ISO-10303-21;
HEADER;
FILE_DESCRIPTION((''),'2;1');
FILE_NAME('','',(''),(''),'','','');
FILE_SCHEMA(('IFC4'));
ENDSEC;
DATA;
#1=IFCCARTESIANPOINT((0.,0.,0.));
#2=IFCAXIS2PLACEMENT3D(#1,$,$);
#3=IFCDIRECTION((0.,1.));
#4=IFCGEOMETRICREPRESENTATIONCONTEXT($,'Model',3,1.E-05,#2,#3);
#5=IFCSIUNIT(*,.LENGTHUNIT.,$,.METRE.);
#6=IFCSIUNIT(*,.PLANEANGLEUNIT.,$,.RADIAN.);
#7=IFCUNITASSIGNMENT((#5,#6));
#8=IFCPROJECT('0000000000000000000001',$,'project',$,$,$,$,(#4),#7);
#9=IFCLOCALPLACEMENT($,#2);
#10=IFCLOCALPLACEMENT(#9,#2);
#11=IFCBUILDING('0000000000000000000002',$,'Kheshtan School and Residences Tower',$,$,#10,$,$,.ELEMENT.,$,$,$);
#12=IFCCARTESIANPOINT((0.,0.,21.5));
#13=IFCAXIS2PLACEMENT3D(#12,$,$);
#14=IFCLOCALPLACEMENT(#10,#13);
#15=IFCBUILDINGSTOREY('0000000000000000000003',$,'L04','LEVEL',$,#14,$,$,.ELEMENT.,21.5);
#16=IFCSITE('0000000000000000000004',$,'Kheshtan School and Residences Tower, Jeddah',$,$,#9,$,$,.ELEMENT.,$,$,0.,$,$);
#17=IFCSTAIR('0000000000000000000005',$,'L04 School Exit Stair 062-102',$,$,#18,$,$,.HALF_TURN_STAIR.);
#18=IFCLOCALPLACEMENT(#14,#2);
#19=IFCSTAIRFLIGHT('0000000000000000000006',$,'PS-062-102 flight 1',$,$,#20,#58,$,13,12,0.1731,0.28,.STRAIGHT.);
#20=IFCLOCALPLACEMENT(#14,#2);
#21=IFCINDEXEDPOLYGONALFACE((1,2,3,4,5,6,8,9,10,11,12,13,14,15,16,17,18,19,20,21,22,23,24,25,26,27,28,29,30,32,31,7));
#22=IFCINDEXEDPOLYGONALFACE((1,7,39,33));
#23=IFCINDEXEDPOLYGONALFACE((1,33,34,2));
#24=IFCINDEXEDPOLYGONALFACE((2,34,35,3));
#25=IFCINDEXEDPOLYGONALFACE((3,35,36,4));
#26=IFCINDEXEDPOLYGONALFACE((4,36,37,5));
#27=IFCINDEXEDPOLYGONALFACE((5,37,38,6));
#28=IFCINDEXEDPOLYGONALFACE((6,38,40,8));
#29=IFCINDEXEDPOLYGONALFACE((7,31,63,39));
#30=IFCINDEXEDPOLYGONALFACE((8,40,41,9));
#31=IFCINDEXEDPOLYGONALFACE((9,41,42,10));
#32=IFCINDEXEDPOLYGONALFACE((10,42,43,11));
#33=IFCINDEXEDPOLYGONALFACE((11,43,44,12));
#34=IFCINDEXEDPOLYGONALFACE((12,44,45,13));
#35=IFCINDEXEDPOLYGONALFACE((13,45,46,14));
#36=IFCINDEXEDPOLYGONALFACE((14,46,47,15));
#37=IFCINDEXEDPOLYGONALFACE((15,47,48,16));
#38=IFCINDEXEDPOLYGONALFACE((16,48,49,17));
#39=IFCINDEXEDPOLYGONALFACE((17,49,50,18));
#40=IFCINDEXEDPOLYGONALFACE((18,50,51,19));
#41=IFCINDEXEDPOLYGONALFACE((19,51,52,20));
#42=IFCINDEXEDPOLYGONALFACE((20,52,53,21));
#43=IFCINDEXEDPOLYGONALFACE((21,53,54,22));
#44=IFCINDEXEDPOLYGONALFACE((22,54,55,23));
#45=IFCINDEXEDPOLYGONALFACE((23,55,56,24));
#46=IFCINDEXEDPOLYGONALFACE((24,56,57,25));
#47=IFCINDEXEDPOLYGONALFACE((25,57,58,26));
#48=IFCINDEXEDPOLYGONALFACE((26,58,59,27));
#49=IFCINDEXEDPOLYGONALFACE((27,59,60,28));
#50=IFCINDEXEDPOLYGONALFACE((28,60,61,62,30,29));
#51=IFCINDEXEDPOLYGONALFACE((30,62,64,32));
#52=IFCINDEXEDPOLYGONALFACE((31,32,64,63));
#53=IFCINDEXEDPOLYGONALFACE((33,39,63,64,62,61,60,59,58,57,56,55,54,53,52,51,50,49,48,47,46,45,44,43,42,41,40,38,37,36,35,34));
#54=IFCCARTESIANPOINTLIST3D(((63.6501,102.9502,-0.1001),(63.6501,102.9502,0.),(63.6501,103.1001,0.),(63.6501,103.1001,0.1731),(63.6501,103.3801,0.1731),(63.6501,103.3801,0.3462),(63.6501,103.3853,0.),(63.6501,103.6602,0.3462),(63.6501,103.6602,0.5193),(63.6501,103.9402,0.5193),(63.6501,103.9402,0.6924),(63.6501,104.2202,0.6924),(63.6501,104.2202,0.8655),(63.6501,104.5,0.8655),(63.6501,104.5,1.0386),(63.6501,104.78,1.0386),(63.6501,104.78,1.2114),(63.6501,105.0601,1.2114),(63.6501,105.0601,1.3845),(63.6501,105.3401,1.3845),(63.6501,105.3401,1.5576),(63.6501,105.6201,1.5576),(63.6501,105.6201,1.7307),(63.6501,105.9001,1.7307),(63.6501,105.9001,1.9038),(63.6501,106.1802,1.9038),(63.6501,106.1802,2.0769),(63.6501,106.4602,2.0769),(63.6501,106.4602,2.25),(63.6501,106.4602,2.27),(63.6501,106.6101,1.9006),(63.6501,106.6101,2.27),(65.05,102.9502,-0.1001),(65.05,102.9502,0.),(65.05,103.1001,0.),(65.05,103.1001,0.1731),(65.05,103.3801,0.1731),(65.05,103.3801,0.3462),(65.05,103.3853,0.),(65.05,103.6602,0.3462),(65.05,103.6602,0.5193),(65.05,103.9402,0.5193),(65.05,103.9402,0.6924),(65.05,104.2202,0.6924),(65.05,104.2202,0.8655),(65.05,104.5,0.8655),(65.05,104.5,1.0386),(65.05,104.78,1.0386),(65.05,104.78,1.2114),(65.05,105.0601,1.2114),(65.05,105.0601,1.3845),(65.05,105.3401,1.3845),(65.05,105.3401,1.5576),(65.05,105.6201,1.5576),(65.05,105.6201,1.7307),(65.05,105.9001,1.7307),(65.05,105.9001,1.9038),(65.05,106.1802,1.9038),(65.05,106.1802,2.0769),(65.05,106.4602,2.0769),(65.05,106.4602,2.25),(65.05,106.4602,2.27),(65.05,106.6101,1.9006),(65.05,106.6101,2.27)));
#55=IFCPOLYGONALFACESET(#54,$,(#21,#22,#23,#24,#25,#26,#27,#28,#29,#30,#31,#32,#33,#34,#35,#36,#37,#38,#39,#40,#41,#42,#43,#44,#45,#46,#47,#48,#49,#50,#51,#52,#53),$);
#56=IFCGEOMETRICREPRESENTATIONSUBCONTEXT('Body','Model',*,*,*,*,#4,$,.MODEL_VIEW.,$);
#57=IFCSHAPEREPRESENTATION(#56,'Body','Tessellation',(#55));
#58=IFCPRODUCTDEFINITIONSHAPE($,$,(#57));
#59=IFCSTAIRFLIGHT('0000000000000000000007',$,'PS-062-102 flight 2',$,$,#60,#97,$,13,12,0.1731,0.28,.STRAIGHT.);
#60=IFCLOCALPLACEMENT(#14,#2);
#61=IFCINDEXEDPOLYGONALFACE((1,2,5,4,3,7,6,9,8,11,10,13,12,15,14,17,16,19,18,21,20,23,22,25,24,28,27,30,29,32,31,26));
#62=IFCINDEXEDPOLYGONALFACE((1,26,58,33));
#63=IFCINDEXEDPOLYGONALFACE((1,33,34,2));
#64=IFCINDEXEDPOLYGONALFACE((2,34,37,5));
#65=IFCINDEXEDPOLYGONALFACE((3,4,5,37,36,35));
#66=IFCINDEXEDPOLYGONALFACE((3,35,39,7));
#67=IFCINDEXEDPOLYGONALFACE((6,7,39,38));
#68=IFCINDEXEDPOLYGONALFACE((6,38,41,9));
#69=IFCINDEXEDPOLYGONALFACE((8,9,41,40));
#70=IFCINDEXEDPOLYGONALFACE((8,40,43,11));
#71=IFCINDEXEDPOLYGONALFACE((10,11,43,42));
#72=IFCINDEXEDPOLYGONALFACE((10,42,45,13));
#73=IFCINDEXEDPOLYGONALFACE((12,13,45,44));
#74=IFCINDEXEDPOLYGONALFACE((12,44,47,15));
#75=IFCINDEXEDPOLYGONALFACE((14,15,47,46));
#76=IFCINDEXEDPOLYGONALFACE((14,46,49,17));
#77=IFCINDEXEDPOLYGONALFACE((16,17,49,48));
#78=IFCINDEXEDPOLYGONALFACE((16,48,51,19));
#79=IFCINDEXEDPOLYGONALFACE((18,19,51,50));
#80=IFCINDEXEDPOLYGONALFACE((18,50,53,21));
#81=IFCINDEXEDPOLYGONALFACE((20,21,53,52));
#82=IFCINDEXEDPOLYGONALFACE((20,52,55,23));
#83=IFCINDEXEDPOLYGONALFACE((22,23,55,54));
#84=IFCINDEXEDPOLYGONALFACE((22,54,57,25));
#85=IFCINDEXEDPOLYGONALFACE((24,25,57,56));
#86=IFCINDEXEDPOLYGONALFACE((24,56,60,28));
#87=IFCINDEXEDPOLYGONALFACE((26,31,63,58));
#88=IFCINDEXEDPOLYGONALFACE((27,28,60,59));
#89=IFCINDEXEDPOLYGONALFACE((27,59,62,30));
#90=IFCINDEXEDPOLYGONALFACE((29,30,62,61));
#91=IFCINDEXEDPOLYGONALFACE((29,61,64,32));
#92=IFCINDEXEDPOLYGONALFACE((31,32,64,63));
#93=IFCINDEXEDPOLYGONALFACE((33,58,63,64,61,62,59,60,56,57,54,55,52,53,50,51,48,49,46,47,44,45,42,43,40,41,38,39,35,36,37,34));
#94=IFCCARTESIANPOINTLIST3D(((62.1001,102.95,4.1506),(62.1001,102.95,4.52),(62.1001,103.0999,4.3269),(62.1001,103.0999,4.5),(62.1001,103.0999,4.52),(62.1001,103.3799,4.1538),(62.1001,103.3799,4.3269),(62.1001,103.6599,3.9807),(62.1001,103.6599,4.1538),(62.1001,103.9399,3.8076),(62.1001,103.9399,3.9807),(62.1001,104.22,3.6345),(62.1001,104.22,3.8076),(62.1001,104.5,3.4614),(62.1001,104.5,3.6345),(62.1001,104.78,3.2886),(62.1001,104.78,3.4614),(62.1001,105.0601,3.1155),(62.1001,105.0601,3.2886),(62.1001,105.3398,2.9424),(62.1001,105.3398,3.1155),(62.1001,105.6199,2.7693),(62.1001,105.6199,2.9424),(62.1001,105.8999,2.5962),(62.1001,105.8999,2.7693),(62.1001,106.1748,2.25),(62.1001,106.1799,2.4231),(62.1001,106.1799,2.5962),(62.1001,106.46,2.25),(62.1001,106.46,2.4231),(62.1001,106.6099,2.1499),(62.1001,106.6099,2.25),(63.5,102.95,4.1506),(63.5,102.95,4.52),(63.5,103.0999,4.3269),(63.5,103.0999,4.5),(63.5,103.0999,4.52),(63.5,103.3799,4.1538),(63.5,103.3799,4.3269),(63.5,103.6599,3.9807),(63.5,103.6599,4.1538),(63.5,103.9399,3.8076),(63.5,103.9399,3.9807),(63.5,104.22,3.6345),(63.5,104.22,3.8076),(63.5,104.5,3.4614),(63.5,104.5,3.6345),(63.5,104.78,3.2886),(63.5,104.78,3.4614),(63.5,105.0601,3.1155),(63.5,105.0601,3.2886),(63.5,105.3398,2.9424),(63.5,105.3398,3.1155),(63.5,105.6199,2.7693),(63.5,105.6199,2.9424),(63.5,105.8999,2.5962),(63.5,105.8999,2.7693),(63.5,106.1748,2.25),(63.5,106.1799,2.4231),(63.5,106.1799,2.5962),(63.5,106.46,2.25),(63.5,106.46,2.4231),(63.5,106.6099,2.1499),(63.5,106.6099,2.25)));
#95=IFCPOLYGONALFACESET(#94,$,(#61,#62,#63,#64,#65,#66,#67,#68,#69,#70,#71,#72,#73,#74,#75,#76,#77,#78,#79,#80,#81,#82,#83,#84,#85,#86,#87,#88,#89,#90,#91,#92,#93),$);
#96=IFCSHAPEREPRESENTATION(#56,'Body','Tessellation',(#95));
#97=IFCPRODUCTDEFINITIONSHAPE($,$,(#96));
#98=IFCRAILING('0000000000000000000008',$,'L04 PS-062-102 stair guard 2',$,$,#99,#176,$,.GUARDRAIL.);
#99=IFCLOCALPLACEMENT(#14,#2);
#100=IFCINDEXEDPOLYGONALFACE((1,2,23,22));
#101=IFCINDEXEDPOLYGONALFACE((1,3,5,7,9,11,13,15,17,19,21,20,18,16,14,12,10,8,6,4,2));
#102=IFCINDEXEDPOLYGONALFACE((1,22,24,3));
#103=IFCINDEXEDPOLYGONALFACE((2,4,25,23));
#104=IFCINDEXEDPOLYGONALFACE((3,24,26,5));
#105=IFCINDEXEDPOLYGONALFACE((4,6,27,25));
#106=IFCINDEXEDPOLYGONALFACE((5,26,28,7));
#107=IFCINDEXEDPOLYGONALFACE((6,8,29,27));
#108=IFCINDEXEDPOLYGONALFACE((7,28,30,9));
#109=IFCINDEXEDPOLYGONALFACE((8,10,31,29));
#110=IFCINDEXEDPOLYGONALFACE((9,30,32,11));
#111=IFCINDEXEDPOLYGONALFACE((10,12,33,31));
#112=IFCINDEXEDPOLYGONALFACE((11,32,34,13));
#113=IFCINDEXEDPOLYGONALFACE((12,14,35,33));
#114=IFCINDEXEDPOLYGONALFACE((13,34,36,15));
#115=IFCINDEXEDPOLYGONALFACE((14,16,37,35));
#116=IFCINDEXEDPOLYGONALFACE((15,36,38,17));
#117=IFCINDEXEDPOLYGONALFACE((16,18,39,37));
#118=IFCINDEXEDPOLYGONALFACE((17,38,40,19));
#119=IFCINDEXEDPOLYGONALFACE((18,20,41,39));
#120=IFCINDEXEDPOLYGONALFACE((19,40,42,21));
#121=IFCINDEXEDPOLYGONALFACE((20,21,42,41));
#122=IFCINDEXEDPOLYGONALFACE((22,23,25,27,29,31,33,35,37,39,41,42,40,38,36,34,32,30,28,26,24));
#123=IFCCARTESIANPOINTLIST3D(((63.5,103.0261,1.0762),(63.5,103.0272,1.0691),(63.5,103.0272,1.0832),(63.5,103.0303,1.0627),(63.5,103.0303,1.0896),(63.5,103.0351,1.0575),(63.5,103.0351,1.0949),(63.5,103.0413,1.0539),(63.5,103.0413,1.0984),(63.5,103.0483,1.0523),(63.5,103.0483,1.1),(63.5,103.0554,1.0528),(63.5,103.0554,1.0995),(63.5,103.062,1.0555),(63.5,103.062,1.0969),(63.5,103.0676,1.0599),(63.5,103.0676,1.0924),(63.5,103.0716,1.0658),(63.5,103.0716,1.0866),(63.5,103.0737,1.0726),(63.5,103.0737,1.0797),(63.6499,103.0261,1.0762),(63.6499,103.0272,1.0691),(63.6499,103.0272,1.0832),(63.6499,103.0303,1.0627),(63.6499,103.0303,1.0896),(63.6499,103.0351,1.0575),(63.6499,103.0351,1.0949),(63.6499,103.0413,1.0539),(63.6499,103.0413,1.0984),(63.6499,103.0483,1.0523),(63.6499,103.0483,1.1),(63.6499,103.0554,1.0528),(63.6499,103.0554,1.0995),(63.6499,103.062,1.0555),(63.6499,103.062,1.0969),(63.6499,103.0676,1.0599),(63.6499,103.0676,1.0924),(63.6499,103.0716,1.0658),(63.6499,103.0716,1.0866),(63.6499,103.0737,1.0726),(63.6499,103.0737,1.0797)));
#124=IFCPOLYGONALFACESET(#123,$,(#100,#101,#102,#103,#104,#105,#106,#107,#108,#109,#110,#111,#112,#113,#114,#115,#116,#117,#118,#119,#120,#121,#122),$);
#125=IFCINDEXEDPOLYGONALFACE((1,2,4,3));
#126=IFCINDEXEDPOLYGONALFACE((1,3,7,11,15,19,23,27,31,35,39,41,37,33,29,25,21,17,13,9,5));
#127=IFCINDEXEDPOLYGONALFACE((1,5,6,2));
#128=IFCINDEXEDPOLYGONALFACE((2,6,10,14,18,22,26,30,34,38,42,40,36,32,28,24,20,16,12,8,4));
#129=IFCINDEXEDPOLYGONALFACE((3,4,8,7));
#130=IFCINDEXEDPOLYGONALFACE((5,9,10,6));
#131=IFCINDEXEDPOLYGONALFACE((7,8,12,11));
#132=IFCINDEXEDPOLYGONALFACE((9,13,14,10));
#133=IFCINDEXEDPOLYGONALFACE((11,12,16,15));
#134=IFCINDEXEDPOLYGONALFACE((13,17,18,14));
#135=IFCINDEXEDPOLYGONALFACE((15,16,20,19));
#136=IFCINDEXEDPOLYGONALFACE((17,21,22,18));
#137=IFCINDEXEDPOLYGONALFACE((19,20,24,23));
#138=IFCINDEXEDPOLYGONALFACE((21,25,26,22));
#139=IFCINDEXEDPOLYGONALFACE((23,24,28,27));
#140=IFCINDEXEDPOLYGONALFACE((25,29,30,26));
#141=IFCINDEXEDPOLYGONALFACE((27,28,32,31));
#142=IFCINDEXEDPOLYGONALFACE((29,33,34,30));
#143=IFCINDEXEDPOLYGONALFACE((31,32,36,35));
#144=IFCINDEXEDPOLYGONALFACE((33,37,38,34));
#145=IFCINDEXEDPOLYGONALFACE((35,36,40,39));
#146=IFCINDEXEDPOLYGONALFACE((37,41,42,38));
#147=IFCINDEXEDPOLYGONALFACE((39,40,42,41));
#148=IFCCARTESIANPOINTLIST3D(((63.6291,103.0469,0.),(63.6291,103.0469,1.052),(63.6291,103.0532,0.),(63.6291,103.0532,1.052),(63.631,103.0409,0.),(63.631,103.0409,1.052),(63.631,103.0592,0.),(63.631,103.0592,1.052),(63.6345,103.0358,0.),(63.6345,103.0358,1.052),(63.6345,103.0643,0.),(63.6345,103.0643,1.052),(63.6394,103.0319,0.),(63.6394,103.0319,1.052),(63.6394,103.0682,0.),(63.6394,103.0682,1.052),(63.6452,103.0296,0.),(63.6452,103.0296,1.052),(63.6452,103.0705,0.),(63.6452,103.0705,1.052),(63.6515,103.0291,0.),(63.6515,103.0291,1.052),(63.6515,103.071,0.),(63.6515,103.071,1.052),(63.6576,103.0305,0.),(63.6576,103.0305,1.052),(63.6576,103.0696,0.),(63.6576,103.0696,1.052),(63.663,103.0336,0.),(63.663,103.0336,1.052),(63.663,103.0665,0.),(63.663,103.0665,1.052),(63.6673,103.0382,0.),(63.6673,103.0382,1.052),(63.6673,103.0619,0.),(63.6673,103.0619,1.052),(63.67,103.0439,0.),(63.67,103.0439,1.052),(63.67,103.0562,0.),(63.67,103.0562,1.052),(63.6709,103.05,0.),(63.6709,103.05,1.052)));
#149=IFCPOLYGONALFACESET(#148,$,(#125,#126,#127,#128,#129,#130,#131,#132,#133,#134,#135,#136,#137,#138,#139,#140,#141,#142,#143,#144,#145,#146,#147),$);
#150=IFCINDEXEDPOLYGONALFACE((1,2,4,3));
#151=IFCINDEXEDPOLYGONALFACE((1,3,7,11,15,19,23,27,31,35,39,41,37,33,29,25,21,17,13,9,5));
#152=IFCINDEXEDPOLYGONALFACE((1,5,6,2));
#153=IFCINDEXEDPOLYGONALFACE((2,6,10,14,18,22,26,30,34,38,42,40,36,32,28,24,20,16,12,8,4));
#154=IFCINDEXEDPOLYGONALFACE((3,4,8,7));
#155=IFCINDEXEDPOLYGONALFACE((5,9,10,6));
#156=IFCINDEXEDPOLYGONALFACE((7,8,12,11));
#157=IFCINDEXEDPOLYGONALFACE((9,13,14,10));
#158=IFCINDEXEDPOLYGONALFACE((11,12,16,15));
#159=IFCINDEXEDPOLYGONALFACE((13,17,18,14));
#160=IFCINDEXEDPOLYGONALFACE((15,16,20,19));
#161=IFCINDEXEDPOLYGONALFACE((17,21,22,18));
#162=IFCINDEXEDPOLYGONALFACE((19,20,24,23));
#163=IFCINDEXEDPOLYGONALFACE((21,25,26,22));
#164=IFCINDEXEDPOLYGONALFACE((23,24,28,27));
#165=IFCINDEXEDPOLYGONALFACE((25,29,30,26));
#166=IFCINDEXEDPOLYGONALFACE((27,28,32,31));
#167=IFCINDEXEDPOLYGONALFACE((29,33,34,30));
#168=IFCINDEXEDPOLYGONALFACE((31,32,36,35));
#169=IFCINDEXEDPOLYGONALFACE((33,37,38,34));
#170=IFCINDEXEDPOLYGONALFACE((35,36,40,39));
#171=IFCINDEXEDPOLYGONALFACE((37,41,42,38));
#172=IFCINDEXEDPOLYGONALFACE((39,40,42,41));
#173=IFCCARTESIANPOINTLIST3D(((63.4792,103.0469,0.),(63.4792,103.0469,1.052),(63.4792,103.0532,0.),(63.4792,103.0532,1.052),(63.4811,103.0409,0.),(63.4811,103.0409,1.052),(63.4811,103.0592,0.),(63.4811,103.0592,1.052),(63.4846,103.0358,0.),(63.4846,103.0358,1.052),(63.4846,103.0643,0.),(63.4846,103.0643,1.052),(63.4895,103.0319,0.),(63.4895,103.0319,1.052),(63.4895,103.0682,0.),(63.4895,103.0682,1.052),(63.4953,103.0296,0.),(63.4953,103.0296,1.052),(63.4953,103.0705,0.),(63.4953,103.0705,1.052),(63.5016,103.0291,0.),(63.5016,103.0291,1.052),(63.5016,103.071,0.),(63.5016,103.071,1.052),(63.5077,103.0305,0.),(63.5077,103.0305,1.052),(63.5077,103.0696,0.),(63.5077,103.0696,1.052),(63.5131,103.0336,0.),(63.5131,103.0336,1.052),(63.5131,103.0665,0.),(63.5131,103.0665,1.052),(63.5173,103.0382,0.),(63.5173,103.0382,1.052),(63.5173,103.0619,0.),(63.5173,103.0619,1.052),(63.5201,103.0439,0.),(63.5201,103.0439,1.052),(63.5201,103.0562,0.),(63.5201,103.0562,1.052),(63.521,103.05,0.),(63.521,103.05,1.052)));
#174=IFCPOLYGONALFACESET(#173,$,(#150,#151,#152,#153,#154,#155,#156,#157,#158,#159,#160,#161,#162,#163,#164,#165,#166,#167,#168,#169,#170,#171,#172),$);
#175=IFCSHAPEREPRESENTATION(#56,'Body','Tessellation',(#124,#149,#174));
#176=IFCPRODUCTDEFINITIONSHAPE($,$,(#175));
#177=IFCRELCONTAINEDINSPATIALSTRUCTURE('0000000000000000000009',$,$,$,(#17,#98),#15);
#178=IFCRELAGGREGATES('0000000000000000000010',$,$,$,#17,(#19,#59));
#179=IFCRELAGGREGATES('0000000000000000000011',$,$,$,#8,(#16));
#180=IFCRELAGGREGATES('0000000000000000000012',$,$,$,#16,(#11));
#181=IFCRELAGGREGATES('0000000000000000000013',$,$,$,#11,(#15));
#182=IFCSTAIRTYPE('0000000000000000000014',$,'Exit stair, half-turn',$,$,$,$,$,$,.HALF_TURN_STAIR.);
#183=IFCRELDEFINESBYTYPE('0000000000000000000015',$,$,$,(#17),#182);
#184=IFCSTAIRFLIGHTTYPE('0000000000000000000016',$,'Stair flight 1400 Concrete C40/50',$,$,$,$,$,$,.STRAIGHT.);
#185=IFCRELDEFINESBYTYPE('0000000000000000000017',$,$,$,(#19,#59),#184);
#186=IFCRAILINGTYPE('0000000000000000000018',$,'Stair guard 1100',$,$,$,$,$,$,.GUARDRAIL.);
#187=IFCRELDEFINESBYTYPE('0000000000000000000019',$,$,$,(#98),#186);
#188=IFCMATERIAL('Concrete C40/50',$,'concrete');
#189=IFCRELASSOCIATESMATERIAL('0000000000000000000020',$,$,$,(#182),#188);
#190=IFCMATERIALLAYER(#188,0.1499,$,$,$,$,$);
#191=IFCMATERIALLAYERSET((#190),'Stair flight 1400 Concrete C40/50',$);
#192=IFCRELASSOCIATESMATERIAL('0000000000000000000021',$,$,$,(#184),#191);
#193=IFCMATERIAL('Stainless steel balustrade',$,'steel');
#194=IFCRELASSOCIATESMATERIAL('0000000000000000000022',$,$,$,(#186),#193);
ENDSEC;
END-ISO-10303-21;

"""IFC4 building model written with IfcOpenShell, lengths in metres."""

from ifc_helpers import new_model, si_unit, direction, frame, origin, origin_2d, place, context, subcontext, project, spatial, polyline, circle, outline, extrude, material, layer, layer_set, type_object, element, aggregate, save


model = new_model("IFC4")

# Units and contexts
model_context = context("Model", 3, precision=1e-05, world=origin(), true_north=direction((0.0, 1.0)))
body_context = subcontext(model_context, "Body", "Model", "MODEL_VIEW")
ifc_project = project(units=[si_unit("LENGTHUNIT", "METRE"), si_unit("PLANEANGLEUNIT", "RADIAN")], contexts=[model_context])

# Site, building, storey
site_placement = place(None, origin())
site = spatial("IfcSite", under=ifc_project, at=site_placement, Name="Kheshtan School and Residences Tower, Jeddah", CompositionType="ELEMENT", RefElevation=0.0)
building_placement = place(site_placement, origin())
building = spatial("IfcBuilding", under=site, at=building_placement, Name="Kheshtan School and Residences Tower", CompositionType="ELEMENT")
storey_placement = place(building_placement, frame((0.0, 0.0, 21.5)))
storey = spatial("IfcBuildingStorey", under=building, at=storey_placement, Name="L04", Description="LEVEL", CompositionType="ELEMENT", Elevation=21.5)

# Shared definitions
ifc_material_1 = material(Name="Concrete C40/50", Category="concrete")

# Stair, stair flights
stair_type = type_object("IfcStairType", Name="Exit stair, half-turn", PredefinedType="HALF_TURN_STAIR", material=ifc_material_1)
stair_placement = place(storey_placement, origin())
stair = element("IfcStair", 1, at=stair_placement, inside=storey, type_object=stair_type, Name="L04 School Exit Stair 062-102", PredefinedType="HALF_TURN_STAIR")
ifc_layer_1 = layer(ifc_material_1, 0.1499)
ifc_layer_set_1 = layer_set([ifc_layer_1], Name="Stair flight 1400 Concrete C40/50")
stair_flight_type = type_object("IfcStairFlightType", Name="Stair flight 1400 Concrete C40/50", PredefinedType="STRAIGHT", material=ifc_layer_set_1)
stair_flight_1_placement = place(storey_placement, frame((64.3501, 103.1001, 0.0), z_axis=(0.0, 0.0, 1.0), x_axis=(0.0, 1.0, 0.0)))
stair_flight_1 = element("IfcStairFlight", 2, at=stair_flight_1_placement, type_object=stair_flight_type, Name="PS-062-102 flight 1", NumberOfRisers=13, NumberOfTreads=12, PredefinedType="STRAIGHT", RiserHeight=0.1731, TreadLength=0.28, context=body_context, shape_type="SweptSolid", body=[
    extrude(outline(polyline([(-0.1499, -0.1001), (-0.1499, 0.0), (0.0, 0.0), (0.0, 0.1731), (0.28, 0.1731), (0.28, 0.3462), (0.5601, 0.3462), (0.5601, 0.5193), (0.8401, 0.5193), (0.8401, 0.6924), (1.1201, 0.6924), (1.1201, 0.8655), (1.3999, 0.8655), (1.3999, 1.0386), (1.6799, 1.0386), (1.6799, 1.2114), (1.96, 1.2114), (1.96, 1.3845), (2.24, 1.3845), (2.24, 1.5576), (2.52, 1.5576), (2.52, 1.7307), (2.8, 1.7307), (2.8, 1.9038), (3.0801, 1.9038), (3.0801, 2.0769), (3.3601, 2.0769), (3.3601, 2.25), (3.3601, 2.27), (3.51, 2.27), (3.51, 1.9006), (0.2852, 0.0), (-0.1499, -0.1001)])), frame((0.0, 0.7, 0.0), z_axis=(0.0, -1.0, 0.0), x_axis=(1.0, 0.0, 0.0)), (0.0, 0.0, 1.0), 1.3999),
])
stair_flight_2_placement = place(storey_placement, frame((62.8, 106.46, 2.25), z_axis=(0.0, 0.0, 1.0), x_axis=(0.0, -1.0, 0.0)))
stair_flight_2 = element("IfcStairFlight", 3, at=stair_flight_2_placement, type_object=stair_flight_type, Name="PS-062-102 flight 2", NumberOfRisers=13, NumberOfTreads=12, PredefinedType="STRAIGHT", RiserHeight=0.1731, TreadLength=0.28, context=body_context, shape_type="SweptSolid", body=[
    extrude(outline(polyline([(-0.1499, -0.1001), (-0.1499, 0.0), (0.0, 0.0), (0.0, 0.1731), (0.28, 0.1731), (0.28, 0.3462), (0.5601, 0.3462), (0.5601, 0.5193), (0.8401, 0.5193), (0.8401, 0.6924), (1.1201, 0.6924), (1.1201, 0.8655), (1.3999, 0.8655), (1.3999, 1.0386), (1.6799, 1.0386), (1.6799, 1.2114), (1.96, 1.2114), (1.96, 1.3845), (2.24, 1.3845), (2.24, 1.5576), (2.52, 1.5576), (2.52, 1.7307), (2.8, 1.7307), (2.8, 1.9038), (3.0801, 1.9038), (3.0801, 2.0769), (3.3601, 2.0769), (3.3601, 2.25), (3.3601, 2.27), (3.51, 2.27), (3.51, 1.9006), (0.2852, 0.0), (-0.1499, -0.1001)])), frame((0.0, 0.7, 0.0), z_axis=(0.0, -1.0, 0.0), x_axis=(1.0, 0.0, 0.0)), (0.0, 0.0, 1.0), 1.3999),
])
aggregate(stair, [stair_flight_1, stair_flight_2])

# Railing
ifc_material_2 = material(Name="Stainless steel balustrade", Category="steel")
railing_type_1 = type_object("IfcRailingType", Name="Stair guard 1100", PredefinedType="GUARDRAIL", material=ifc_material_2)
railing_1_placement = place(storey_placement, frame((63.6499, 103.05, 0.0)))
element("IfcRailing", 4, at=railing_1_placement, inside=storey, type_object=railing_type_1, Name="L04 PS-062-102 stair guard 2", PredefinedType="GUARDRAIL", context=body_context, shape_type="SweptSolid", body=[
    extrude(circle(Radius=0.0239, at=origin_2d()), frame((0.0, 0.0, 1.0762), z_axis=(-1.0, 0.0, 0.0), x_axis=(0.0, -1.0, 0.0)), (0.0, 0.0, 1.0), 0.1499),
    extrude(circle(Radius=0.021, at=origin_2d()), origin(), (0.0, 0.0, 1.0), 1.052),
    extrude(circle(Radius=0.021, at=origin_2d()), frame((-0.1499, 0.0, 0.0)), (0.0, 0.0, 1.0), 1.052),
])

save(model, "model.ifc")
